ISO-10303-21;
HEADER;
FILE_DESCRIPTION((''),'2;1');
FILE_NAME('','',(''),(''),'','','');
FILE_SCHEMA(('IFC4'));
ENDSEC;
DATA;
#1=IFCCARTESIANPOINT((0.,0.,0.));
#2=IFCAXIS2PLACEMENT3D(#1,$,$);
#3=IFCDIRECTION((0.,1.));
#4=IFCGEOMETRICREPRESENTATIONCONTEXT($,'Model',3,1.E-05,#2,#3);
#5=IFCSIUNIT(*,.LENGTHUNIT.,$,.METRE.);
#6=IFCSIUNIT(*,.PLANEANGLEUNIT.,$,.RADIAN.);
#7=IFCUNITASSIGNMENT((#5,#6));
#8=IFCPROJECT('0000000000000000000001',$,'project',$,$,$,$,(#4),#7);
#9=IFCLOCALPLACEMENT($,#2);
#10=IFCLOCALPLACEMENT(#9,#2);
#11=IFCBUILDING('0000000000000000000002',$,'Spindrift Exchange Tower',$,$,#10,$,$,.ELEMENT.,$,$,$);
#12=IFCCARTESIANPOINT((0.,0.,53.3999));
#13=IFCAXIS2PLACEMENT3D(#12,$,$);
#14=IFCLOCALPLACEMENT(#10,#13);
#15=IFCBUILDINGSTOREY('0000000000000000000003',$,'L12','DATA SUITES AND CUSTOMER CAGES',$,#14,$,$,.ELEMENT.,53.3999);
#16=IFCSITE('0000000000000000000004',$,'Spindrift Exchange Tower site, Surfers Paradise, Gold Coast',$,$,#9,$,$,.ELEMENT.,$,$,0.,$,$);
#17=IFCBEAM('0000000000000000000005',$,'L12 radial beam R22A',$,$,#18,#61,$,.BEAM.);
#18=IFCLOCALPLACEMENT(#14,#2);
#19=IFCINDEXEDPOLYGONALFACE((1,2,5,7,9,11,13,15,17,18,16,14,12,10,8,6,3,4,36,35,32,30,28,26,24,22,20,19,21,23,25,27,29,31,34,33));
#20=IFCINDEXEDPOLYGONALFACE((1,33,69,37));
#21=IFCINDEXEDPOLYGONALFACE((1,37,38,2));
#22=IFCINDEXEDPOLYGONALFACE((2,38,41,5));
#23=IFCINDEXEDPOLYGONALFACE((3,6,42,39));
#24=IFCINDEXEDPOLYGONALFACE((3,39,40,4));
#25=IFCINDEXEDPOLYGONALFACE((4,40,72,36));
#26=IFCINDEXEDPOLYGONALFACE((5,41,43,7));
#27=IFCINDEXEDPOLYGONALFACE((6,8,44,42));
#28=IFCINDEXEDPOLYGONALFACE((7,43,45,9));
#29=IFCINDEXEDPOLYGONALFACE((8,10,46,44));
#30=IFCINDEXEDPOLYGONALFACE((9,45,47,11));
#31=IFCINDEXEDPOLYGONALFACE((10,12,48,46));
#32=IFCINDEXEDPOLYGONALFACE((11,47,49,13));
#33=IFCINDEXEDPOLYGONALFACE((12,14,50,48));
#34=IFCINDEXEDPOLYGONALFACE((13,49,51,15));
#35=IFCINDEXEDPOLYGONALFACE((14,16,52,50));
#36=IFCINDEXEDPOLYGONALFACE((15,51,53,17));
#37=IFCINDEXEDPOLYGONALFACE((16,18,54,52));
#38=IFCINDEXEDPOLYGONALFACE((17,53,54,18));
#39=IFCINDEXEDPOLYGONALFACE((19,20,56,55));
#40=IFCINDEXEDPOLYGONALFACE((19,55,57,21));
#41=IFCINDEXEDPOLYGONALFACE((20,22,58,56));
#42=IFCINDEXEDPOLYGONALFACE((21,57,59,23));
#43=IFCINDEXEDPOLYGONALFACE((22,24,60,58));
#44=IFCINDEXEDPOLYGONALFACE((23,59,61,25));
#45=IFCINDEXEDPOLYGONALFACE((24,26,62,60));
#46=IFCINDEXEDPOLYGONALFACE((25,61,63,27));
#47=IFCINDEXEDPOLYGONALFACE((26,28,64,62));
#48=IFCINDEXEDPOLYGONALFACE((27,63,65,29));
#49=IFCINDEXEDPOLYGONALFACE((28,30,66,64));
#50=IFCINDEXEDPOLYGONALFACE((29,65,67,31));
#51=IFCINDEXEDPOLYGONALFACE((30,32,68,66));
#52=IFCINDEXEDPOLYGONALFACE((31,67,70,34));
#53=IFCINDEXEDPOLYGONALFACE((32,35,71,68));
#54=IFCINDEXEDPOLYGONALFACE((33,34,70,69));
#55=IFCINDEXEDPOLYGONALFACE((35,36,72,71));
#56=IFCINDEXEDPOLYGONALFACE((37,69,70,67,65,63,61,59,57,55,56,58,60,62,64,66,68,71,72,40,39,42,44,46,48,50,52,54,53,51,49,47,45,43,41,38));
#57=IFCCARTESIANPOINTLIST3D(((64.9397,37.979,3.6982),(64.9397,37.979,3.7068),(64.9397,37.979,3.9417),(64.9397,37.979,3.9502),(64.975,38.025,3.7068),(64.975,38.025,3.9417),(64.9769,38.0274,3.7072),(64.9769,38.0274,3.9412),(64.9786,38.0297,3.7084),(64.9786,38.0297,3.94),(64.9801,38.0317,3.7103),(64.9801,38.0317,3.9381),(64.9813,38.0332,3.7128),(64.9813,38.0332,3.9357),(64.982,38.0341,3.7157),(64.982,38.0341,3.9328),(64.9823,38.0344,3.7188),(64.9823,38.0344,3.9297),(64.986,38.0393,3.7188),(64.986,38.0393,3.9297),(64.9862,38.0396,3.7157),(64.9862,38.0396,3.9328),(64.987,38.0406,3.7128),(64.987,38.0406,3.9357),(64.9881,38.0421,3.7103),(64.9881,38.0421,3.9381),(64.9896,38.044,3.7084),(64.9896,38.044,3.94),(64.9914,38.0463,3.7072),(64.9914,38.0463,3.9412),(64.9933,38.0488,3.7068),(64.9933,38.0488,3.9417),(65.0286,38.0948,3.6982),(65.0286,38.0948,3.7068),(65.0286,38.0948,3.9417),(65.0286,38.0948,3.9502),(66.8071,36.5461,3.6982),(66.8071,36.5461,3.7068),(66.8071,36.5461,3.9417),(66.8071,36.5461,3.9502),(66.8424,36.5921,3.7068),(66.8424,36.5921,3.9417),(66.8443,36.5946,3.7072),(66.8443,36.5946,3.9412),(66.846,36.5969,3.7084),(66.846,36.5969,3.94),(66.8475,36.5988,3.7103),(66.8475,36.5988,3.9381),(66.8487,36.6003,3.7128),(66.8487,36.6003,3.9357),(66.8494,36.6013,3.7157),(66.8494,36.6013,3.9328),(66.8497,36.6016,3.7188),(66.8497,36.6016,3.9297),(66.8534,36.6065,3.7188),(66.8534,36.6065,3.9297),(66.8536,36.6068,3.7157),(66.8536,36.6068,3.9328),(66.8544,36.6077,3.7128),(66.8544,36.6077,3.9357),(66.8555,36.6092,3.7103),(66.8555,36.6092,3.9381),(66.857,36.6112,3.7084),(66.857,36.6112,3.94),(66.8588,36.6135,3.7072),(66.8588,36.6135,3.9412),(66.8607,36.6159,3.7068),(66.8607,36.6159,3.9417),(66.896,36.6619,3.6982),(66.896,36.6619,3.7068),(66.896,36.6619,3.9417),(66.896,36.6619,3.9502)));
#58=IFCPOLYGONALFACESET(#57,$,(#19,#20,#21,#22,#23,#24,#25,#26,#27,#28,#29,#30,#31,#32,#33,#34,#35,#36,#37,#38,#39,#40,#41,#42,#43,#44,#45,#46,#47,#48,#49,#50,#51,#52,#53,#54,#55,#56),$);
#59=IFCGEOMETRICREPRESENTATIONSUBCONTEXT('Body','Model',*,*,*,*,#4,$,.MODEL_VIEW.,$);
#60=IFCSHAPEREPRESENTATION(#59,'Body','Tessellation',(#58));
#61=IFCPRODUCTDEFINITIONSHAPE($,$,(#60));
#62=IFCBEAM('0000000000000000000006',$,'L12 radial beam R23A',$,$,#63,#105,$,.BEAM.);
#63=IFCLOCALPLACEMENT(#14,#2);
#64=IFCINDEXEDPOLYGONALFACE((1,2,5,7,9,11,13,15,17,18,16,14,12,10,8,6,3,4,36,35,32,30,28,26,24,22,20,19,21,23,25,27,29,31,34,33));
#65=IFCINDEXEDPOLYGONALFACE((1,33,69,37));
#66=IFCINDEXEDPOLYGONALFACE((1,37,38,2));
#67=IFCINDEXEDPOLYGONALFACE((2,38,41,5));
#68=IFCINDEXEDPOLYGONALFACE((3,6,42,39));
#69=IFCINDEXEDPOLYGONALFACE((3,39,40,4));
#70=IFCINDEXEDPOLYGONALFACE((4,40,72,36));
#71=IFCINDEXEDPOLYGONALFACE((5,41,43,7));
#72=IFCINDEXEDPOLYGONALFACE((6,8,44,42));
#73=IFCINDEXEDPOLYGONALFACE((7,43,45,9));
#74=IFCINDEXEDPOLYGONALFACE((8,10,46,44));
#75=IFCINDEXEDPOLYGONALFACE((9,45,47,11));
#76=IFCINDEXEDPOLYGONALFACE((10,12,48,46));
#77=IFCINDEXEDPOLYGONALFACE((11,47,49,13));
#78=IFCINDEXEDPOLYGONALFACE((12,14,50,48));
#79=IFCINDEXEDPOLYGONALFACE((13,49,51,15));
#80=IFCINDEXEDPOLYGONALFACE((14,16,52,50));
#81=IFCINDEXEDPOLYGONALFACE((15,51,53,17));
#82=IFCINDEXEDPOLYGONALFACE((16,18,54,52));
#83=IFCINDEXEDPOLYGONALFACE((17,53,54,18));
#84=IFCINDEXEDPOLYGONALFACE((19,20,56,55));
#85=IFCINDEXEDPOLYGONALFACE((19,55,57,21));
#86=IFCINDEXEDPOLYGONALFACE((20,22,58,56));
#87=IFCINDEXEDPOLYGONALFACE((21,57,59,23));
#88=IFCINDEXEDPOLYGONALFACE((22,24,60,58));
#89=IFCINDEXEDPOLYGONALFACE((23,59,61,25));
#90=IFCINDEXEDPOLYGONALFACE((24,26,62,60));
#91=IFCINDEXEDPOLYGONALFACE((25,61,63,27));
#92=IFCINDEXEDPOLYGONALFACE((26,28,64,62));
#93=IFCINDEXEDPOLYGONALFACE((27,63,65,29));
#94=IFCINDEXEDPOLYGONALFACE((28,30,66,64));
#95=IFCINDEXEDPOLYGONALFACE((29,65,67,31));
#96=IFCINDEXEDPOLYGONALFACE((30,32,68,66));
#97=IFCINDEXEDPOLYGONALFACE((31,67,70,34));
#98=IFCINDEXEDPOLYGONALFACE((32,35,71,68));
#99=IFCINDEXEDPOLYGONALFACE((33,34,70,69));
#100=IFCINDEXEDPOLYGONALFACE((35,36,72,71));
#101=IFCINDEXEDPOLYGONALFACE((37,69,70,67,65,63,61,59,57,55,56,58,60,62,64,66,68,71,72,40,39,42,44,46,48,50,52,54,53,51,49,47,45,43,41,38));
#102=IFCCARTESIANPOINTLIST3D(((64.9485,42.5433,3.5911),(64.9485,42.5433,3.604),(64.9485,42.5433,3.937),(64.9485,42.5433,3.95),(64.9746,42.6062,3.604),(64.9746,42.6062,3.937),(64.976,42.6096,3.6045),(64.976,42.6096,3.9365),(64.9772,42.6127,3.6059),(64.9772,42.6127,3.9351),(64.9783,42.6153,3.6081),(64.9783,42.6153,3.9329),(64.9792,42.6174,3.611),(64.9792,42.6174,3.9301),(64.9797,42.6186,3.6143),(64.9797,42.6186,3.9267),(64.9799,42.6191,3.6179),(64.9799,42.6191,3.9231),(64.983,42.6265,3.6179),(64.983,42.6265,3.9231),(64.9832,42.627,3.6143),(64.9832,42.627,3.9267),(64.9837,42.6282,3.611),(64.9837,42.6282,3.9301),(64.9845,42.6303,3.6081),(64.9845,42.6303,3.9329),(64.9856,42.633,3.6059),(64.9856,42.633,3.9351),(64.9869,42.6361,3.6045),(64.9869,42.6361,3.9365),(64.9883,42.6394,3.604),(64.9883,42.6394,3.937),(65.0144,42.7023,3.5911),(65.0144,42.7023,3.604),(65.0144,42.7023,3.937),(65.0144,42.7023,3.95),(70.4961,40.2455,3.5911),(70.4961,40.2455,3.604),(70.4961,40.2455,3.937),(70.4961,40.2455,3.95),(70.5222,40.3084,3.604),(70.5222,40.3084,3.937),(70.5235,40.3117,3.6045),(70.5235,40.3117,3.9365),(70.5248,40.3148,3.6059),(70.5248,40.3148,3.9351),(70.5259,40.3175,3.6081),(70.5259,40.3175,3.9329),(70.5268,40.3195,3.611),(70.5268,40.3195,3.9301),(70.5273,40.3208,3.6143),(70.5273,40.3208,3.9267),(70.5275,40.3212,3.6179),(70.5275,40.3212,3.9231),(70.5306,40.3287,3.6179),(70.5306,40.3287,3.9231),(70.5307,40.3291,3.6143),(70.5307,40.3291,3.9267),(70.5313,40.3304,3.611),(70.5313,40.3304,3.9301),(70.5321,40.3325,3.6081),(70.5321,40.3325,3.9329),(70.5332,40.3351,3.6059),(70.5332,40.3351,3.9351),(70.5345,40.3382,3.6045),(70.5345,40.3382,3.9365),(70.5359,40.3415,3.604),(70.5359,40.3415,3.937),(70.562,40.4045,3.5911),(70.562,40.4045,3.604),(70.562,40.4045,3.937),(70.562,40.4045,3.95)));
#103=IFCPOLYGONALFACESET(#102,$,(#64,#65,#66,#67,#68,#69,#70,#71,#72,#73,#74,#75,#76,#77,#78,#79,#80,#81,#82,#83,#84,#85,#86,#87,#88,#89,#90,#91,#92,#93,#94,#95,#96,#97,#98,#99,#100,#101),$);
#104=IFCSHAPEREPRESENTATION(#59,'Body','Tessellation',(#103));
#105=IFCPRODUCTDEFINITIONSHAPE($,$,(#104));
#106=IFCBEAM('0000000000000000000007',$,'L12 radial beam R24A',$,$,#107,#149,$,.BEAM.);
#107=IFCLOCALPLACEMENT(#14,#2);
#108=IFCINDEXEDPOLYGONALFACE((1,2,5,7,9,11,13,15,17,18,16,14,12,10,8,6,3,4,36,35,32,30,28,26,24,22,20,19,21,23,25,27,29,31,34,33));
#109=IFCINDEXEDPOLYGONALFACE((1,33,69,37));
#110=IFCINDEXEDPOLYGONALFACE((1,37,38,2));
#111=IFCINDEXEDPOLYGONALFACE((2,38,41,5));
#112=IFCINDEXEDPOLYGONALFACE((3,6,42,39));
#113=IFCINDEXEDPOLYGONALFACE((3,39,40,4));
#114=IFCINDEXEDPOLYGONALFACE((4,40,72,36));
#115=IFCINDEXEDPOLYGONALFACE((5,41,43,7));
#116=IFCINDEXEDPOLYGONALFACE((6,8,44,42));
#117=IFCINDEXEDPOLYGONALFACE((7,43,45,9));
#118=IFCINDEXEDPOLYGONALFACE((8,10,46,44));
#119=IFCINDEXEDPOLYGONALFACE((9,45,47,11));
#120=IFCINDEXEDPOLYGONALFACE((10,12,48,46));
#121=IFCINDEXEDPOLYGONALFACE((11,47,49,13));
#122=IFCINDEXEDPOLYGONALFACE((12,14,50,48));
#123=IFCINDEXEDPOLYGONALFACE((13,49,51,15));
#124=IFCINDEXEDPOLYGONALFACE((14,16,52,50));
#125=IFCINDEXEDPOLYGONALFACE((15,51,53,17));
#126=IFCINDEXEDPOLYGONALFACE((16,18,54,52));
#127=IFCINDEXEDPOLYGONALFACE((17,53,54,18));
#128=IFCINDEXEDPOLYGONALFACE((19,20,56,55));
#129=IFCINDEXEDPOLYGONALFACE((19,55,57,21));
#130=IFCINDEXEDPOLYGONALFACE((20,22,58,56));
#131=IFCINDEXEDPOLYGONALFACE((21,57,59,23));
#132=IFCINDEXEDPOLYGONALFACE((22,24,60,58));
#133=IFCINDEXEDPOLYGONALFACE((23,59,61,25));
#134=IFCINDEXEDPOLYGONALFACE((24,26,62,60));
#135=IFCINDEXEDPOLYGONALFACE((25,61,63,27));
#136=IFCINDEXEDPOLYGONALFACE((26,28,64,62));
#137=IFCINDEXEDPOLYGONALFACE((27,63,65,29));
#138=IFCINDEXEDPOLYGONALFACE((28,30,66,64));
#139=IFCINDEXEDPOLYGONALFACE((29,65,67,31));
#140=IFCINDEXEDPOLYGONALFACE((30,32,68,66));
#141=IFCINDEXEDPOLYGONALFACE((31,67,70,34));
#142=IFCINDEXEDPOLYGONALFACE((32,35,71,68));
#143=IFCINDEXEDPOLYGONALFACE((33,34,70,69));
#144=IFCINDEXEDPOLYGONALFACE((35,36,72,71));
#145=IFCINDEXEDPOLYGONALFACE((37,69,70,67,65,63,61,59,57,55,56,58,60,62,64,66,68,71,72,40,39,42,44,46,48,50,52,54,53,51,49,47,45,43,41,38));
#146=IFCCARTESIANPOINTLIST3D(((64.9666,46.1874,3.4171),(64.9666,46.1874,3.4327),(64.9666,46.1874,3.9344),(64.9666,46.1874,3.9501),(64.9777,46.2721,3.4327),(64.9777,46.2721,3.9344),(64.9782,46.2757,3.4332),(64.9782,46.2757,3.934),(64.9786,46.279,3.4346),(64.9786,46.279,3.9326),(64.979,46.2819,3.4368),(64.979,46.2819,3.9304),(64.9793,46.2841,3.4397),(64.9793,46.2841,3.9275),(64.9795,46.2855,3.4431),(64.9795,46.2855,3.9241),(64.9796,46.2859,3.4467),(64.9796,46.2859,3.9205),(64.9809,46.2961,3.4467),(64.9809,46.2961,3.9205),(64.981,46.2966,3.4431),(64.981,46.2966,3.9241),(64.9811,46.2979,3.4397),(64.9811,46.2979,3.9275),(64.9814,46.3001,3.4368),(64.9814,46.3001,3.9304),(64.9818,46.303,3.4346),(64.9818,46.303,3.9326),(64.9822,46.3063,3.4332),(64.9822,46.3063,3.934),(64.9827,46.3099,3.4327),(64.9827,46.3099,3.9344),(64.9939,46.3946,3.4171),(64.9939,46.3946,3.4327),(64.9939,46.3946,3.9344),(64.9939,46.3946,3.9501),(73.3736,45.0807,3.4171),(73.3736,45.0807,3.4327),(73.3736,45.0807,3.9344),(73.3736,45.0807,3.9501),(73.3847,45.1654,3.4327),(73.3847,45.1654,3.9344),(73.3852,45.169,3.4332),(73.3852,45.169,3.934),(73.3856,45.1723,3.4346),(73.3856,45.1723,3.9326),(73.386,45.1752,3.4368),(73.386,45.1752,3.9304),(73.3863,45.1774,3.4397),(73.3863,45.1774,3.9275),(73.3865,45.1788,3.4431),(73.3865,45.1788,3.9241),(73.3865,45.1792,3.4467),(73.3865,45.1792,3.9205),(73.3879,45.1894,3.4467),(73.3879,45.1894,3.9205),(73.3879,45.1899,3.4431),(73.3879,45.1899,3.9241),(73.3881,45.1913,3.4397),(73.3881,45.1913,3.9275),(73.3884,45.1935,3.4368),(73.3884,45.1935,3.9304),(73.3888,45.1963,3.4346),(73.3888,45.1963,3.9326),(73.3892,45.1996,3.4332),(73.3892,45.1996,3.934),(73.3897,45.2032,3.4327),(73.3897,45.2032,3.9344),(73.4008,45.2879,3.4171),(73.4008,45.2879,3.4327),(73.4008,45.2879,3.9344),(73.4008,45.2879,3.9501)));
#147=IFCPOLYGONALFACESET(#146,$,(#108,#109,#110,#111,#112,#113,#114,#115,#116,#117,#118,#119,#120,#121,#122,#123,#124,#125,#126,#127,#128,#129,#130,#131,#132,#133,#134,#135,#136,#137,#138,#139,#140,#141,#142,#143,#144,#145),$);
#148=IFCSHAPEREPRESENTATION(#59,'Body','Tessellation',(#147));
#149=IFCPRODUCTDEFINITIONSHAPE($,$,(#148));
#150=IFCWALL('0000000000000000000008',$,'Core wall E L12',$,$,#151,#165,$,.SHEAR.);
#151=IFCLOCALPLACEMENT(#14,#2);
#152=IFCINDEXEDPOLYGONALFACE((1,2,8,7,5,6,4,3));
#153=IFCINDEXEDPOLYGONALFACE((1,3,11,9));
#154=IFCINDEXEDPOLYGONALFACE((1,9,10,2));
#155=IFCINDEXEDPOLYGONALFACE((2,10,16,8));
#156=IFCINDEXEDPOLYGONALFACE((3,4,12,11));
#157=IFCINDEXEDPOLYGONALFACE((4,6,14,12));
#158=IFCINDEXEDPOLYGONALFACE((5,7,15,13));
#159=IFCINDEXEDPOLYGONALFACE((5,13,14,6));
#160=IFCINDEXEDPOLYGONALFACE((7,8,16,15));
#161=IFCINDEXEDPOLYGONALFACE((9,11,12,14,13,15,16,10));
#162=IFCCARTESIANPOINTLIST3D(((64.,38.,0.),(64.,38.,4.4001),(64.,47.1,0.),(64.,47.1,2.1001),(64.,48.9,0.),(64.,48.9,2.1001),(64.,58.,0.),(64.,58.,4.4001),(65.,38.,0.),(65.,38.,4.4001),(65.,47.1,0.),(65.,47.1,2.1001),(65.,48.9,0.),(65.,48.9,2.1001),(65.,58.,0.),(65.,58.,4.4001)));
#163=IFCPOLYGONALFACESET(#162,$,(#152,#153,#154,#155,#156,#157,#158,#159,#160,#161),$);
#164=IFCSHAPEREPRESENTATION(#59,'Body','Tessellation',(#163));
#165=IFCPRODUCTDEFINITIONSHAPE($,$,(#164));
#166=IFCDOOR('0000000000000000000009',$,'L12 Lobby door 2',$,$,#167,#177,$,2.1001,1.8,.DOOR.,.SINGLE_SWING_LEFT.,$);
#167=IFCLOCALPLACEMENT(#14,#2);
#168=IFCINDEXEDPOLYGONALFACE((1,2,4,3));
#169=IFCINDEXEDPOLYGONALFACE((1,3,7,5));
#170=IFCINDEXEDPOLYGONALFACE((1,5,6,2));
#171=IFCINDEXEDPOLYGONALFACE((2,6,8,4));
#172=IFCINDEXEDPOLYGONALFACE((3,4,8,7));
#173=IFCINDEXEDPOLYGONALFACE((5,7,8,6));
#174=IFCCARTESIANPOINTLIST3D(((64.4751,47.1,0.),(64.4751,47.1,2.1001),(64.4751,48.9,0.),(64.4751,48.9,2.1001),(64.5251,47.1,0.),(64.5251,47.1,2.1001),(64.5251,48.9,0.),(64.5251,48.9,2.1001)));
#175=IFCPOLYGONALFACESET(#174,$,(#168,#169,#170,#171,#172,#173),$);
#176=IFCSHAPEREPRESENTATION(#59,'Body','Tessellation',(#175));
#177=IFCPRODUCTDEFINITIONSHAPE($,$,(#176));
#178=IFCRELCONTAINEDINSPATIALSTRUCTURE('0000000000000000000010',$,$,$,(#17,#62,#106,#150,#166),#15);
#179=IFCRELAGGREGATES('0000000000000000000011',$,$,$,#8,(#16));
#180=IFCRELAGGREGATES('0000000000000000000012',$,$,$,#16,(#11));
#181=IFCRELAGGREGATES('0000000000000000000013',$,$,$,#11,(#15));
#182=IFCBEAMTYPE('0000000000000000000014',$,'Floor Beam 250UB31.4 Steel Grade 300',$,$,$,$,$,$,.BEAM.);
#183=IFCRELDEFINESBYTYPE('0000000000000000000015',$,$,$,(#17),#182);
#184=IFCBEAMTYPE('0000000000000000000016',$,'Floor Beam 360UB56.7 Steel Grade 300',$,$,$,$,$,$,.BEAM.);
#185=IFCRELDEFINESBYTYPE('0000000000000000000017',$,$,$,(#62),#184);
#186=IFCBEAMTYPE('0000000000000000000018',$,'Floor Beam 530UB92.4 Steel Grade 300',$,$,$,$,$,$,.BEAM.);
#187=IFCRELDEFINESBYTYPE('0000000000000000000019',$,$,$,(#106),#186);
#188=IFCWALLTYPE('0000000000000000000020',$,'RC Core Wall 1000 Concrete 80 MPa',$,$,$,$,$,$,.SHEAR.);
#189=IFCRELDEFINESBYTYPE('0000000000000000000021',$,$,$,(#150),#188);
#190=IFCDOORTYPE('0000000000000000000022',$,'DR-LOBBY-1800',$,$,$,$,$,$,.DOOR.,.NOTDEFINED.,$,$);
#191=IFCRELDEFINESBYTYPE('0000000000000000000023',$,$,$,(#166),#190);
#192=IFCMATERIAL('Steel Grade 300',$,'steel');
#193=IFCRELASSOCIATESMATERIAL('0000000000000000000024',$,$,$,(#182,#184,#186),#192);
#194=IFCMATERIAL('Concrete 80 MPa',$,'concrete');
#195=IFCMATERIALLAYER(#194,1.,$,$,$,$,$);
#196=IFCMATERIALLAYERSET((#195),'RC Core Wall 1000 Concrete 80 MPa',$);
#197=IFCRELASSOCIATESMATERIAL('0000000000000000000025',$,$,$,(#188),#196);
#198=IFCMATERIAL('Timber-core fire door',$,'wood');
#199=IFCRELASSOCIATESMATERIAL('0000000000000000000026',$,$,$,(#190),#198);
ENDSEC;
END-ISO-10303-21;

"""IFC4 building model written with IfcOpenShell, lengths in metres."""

from ifc_helpers import new_model, si_unit, direction, frame, frame_2d, origin, origin_2d, place, context, subcontext, project, spatial, rectangle, i_section, extrude, source, transform, mapped, material, layer, layer_set, material_profile, profile_set, type_object, element, fill, save


model = new_model("IFC4")

# Units and contexts
model_context = context("Model", 3, precision=1e-05, world=origin(), true_north=direction((0.0, 1.0)))
body_context = subcontext(model_context, "Body", "Model", "MODEL_VIEW")
ifc_project = project(units=[si_unit("LENGTHUNIT", "METRE"), si_unit("PLANEANGLEUNIT", "RADIAN")], contexts=[model_context])

# Site, building, storey
site_placement = place(None, origin())
site = spatial("IfcSite", under=ifc_project, at=site_placement, Name="Spindrift Exchange Tower site, Surfers Paradise, Gold Coast", CompositionType="ELEMENT", RefElevation=0.0)
building_placement = place(site_placement, origin())
building = spatial("IfcBuilding", under=site, at=building_placement, Name="Spindrift Exchange Tower", CompositionType="ELEMENT")
storey_placement = place(building_placement, frame((0.0, 0.0, 53.3999)))
storey = spatial("IfcBuildingStorey", under=building, at=storey_placement, Name="L12", Description="DATA SUITES AND CUSTOMER CAGES", CompositionType="ELEMENT", Elevation=53.3999)

# Beams
ifc_material_1 = material(Name="Steel Grade 300", Category="steel")
ifc_material_profile_1 = material_profile(ifc_material_1, i_section(OverallWidth=0.146, OverallDepth=0.252, WebThickness=0.0061, FlangeThickness=0.0085, FilletRadius=0.012, at=origin_2d()), Name="250UB31.4")
ifc_profile_set_1 = profile_set([ifc_material_profile_1], Name="Steel Grade 300")
beam_type_1 = type_object("IfcBeamType", Name="Floor Beam 250UB31.4 Steel Grade 300", PredefinedType="BEAM", material=ifc_profile_set_1)
shared_shape_1 = source(origin(), body_context, "Body", "SweptSolid", [
    extrude(i_section(OverallWidth=0.146, OverallDepth=0.252, WebThickness=0.0061, FlangeThickness=0.0085, FilletRadius=0.012, at=origin_2d()), origin(), (0.0, 0.0, 1.0), 2.3538),
])
beam_1_placement = place(storey_placement, frame((64.9841, 38.0369, 3.8242), z_axis=(0.793368, -0.608743, 0.0), x_axis=(0.608743, 0.793368, 0.0)))
element("IfcBeam", 1, at=beam_1_placement, inside=storey, type_object=beam_type_1, Name="L12 radial beam R22A", PredefinedType="BEAM", context=body_context, shape_type="MappedRepresentation", body=[
    mapped(shared_shape_1, transform((0.0, 0.0, 0.0), scale=1.0)),
])
ifc_material_profile_2 = material_profile(ifc_material_1, i_section(OverallWidth=0.1721, OverallDepth=0.3589, WebThickness=0.0081, FlangeThickness=0.0129, FilletRadius=0.0139, at=origin_2d()), Name="360UB56.7")
ifc_profile_set_2 = profile_set([ifc_material_profile_2], Name="Steel Grade 300")
beam_type_2 = type_object("IfcBeamType", Name="Floor Beam 360UB56.7 Steel Grade 300", PredefinedType="BEAM", material=ifc_profile_set_2)
shared_shape_2 = source(origin(), body_context, "Body", "SweptSolid", [
    extrude(i_section(OverallWidth=0.1721, OverallDepth=0.3589, WebThickness=0.0081, FlangeThickness=0.0129, FilletRadius=0.0139, at=origin_2d()), origin(), (0.0, 0.0, 1.0), 6.0046),
])
beam_2_placement = place(storey_placement, frame((64.9814, 42.6228, 3.7705), z_axis=(0.923882, -0.382677, 0.0), x_axis=(0.382677, 0.923882, 0.0)))
element("IfcBeam", 2, at=beam_2_placement, inside=storey, type_object=beam_type_2, Name="L12 radial beam R23A", PredefinedType="BEAM", context=body_context, shape_type="MappedRepresentation", body=[
    mapped(shared_shape_2, transform((0.0, 0.0, 0.0), scale=1.0)),
])
ifc_material_profile_3 = material_profile(ifc_material_1, i_section(OverallWidth=0.209, OverallDepth=0.533, WebThickness=0.0103, FlangeThickness=0.0156, FilletRadius=0.0139, at=origin_2d()), Name="530UB92.4")
ifc_profile_set_3 = profile_set([ifc_material_profile_3], Name="Steel Grade 300")
beam_type_3 = type_object("IfcBeamType", Name="Floor Beam 530UB92.4 Steel Grade 300", PredefinedType="BEAM", material=ifc_profile_set_3)
shared_shape_3 = source(origin(), body_context, "Body", "SweptSolid", [
    extrude(i_section(OverallWidth=0.209, OverallDepth=0.533, WebThickness=0.0103, FlangeThickness=0.0156, FilletRadius=0.0139, at=origin_2d()), origin(), (0.0, 0.0, 1.0), 8.4795),
])
beam_3_placement = place(storey_placement, frame((64.9802, 46.291, 3.6836), z_axis=(0.991447, -0.130513, 0.0), x_axis=(0.130513, 0.991447, 0.0)))
element("IfcBeam", 3, at=beam_3_placement, inside=storey, type_object=beam_type_3, Name="L12 radial beam R24A", PredefinedType="BEAM", context=body_context, shape_type="MappedRepresentation", body=[
    mapped(shared_shape_3, transform((0.0, 0.0, 0.0), scale=1.0)),
])

# Wall, opening, door
ifc_material_2 = material(Name="Concrete 80 MPa", Category="concrete")
ifc_layer_1 = layer(ifc_material_2, 1.0)
ifc_layer_set_1 = layer_set([ifc_layer_1], Name="RC Core Wall 1000 Concrete 80 MPa")
wall_type_1 = type_object("IfcWallType", Name="RC Core Wall 1000 Concrete 80 MPa", PredefinedType="SHEAR", material=ifc_layer_set_1)
wall_1_placement = place(storey_placement, frame((64.5, 38.0, 0.0), z_axis=(0.0, 0.0, 1.0), x_axis=(0.0, 1.0, 0.0)))
wall_1 = element("IfcWall", 4, at=wall_1_placement, inside=storey, type_object=wall_type_1, Name="Core wall E L12", PredefinedType="SHEAR", context=body_context, shape_type="SweptSolid", body=[
    extrude(rectangle(XDim=20.0, YDim=1.0, at=frame_2d((10.0, 0.0))), origin(), (0.0, 0.0, 1.0), 4.4001),
])
opening_1_placement = place(wall_1_placement, frame((9.1001, 0.0, 0.0)))
opening_1 = element("IfcOpeningElement", 5, at=opening_1_placement, cuts=wall_1, PredefinedType="OPENING", context=body_context, shape_type="SweptSolid", body=[
    extrude(rectangle(XDim=1.8, YDim=2.1001, at=frame_2d((0.8999, 1.05))), frame((0.0, 0.51, 0.0), z_axis=(0.0, -1.0, 0.0), x_axis=(1.0, 0.0, 0.0)), (0.0, 0.0, 1.0), 1.02),
])
ifc_material_3 = material(Name="Timber-core fire door", Category="wood")
door_type_1 = type_object("IfcDoorType", Name="DR-LOBBY-1800", OperationType="NOTDEFINED", PredefinedType="DOOR", material=ifc_material_3)
shared_shape_4 = source(origin(), body_context, "Body", "SweptSolid", [
    extrude(rectangle(XDim=1.8, YDim=2.1001, at=frame_2d((0.8999, 1.05))), frame((0.0, 0.0249, 0.0), z_axis=(0.0, -1.0, 0.0), x_axis=(1.0, 0.0, 0.0)), (0.0, 0.0, 1.0), 0.05),
])
door_1_placement = place(opening_1_placement, origin())
door_1 = element("IfcDoor", 6, at=door_1_placement, inside=storey, type_object=door_type_1, Name="L12 Lobby door 2", OperationType="SINGLE_SWING_LEFT", OverallHeight=2.1001, OverallWidth=1.8, PredefinedType="DOOR", context=body_context, shape_type="MappedRepresentation", body=[
    mapped(shared_shape_4, transform((0.0, 0.0, 0.0), scale=1.0)),
])
fill(opening_1, door_1)

save(model, "model.ifc")
